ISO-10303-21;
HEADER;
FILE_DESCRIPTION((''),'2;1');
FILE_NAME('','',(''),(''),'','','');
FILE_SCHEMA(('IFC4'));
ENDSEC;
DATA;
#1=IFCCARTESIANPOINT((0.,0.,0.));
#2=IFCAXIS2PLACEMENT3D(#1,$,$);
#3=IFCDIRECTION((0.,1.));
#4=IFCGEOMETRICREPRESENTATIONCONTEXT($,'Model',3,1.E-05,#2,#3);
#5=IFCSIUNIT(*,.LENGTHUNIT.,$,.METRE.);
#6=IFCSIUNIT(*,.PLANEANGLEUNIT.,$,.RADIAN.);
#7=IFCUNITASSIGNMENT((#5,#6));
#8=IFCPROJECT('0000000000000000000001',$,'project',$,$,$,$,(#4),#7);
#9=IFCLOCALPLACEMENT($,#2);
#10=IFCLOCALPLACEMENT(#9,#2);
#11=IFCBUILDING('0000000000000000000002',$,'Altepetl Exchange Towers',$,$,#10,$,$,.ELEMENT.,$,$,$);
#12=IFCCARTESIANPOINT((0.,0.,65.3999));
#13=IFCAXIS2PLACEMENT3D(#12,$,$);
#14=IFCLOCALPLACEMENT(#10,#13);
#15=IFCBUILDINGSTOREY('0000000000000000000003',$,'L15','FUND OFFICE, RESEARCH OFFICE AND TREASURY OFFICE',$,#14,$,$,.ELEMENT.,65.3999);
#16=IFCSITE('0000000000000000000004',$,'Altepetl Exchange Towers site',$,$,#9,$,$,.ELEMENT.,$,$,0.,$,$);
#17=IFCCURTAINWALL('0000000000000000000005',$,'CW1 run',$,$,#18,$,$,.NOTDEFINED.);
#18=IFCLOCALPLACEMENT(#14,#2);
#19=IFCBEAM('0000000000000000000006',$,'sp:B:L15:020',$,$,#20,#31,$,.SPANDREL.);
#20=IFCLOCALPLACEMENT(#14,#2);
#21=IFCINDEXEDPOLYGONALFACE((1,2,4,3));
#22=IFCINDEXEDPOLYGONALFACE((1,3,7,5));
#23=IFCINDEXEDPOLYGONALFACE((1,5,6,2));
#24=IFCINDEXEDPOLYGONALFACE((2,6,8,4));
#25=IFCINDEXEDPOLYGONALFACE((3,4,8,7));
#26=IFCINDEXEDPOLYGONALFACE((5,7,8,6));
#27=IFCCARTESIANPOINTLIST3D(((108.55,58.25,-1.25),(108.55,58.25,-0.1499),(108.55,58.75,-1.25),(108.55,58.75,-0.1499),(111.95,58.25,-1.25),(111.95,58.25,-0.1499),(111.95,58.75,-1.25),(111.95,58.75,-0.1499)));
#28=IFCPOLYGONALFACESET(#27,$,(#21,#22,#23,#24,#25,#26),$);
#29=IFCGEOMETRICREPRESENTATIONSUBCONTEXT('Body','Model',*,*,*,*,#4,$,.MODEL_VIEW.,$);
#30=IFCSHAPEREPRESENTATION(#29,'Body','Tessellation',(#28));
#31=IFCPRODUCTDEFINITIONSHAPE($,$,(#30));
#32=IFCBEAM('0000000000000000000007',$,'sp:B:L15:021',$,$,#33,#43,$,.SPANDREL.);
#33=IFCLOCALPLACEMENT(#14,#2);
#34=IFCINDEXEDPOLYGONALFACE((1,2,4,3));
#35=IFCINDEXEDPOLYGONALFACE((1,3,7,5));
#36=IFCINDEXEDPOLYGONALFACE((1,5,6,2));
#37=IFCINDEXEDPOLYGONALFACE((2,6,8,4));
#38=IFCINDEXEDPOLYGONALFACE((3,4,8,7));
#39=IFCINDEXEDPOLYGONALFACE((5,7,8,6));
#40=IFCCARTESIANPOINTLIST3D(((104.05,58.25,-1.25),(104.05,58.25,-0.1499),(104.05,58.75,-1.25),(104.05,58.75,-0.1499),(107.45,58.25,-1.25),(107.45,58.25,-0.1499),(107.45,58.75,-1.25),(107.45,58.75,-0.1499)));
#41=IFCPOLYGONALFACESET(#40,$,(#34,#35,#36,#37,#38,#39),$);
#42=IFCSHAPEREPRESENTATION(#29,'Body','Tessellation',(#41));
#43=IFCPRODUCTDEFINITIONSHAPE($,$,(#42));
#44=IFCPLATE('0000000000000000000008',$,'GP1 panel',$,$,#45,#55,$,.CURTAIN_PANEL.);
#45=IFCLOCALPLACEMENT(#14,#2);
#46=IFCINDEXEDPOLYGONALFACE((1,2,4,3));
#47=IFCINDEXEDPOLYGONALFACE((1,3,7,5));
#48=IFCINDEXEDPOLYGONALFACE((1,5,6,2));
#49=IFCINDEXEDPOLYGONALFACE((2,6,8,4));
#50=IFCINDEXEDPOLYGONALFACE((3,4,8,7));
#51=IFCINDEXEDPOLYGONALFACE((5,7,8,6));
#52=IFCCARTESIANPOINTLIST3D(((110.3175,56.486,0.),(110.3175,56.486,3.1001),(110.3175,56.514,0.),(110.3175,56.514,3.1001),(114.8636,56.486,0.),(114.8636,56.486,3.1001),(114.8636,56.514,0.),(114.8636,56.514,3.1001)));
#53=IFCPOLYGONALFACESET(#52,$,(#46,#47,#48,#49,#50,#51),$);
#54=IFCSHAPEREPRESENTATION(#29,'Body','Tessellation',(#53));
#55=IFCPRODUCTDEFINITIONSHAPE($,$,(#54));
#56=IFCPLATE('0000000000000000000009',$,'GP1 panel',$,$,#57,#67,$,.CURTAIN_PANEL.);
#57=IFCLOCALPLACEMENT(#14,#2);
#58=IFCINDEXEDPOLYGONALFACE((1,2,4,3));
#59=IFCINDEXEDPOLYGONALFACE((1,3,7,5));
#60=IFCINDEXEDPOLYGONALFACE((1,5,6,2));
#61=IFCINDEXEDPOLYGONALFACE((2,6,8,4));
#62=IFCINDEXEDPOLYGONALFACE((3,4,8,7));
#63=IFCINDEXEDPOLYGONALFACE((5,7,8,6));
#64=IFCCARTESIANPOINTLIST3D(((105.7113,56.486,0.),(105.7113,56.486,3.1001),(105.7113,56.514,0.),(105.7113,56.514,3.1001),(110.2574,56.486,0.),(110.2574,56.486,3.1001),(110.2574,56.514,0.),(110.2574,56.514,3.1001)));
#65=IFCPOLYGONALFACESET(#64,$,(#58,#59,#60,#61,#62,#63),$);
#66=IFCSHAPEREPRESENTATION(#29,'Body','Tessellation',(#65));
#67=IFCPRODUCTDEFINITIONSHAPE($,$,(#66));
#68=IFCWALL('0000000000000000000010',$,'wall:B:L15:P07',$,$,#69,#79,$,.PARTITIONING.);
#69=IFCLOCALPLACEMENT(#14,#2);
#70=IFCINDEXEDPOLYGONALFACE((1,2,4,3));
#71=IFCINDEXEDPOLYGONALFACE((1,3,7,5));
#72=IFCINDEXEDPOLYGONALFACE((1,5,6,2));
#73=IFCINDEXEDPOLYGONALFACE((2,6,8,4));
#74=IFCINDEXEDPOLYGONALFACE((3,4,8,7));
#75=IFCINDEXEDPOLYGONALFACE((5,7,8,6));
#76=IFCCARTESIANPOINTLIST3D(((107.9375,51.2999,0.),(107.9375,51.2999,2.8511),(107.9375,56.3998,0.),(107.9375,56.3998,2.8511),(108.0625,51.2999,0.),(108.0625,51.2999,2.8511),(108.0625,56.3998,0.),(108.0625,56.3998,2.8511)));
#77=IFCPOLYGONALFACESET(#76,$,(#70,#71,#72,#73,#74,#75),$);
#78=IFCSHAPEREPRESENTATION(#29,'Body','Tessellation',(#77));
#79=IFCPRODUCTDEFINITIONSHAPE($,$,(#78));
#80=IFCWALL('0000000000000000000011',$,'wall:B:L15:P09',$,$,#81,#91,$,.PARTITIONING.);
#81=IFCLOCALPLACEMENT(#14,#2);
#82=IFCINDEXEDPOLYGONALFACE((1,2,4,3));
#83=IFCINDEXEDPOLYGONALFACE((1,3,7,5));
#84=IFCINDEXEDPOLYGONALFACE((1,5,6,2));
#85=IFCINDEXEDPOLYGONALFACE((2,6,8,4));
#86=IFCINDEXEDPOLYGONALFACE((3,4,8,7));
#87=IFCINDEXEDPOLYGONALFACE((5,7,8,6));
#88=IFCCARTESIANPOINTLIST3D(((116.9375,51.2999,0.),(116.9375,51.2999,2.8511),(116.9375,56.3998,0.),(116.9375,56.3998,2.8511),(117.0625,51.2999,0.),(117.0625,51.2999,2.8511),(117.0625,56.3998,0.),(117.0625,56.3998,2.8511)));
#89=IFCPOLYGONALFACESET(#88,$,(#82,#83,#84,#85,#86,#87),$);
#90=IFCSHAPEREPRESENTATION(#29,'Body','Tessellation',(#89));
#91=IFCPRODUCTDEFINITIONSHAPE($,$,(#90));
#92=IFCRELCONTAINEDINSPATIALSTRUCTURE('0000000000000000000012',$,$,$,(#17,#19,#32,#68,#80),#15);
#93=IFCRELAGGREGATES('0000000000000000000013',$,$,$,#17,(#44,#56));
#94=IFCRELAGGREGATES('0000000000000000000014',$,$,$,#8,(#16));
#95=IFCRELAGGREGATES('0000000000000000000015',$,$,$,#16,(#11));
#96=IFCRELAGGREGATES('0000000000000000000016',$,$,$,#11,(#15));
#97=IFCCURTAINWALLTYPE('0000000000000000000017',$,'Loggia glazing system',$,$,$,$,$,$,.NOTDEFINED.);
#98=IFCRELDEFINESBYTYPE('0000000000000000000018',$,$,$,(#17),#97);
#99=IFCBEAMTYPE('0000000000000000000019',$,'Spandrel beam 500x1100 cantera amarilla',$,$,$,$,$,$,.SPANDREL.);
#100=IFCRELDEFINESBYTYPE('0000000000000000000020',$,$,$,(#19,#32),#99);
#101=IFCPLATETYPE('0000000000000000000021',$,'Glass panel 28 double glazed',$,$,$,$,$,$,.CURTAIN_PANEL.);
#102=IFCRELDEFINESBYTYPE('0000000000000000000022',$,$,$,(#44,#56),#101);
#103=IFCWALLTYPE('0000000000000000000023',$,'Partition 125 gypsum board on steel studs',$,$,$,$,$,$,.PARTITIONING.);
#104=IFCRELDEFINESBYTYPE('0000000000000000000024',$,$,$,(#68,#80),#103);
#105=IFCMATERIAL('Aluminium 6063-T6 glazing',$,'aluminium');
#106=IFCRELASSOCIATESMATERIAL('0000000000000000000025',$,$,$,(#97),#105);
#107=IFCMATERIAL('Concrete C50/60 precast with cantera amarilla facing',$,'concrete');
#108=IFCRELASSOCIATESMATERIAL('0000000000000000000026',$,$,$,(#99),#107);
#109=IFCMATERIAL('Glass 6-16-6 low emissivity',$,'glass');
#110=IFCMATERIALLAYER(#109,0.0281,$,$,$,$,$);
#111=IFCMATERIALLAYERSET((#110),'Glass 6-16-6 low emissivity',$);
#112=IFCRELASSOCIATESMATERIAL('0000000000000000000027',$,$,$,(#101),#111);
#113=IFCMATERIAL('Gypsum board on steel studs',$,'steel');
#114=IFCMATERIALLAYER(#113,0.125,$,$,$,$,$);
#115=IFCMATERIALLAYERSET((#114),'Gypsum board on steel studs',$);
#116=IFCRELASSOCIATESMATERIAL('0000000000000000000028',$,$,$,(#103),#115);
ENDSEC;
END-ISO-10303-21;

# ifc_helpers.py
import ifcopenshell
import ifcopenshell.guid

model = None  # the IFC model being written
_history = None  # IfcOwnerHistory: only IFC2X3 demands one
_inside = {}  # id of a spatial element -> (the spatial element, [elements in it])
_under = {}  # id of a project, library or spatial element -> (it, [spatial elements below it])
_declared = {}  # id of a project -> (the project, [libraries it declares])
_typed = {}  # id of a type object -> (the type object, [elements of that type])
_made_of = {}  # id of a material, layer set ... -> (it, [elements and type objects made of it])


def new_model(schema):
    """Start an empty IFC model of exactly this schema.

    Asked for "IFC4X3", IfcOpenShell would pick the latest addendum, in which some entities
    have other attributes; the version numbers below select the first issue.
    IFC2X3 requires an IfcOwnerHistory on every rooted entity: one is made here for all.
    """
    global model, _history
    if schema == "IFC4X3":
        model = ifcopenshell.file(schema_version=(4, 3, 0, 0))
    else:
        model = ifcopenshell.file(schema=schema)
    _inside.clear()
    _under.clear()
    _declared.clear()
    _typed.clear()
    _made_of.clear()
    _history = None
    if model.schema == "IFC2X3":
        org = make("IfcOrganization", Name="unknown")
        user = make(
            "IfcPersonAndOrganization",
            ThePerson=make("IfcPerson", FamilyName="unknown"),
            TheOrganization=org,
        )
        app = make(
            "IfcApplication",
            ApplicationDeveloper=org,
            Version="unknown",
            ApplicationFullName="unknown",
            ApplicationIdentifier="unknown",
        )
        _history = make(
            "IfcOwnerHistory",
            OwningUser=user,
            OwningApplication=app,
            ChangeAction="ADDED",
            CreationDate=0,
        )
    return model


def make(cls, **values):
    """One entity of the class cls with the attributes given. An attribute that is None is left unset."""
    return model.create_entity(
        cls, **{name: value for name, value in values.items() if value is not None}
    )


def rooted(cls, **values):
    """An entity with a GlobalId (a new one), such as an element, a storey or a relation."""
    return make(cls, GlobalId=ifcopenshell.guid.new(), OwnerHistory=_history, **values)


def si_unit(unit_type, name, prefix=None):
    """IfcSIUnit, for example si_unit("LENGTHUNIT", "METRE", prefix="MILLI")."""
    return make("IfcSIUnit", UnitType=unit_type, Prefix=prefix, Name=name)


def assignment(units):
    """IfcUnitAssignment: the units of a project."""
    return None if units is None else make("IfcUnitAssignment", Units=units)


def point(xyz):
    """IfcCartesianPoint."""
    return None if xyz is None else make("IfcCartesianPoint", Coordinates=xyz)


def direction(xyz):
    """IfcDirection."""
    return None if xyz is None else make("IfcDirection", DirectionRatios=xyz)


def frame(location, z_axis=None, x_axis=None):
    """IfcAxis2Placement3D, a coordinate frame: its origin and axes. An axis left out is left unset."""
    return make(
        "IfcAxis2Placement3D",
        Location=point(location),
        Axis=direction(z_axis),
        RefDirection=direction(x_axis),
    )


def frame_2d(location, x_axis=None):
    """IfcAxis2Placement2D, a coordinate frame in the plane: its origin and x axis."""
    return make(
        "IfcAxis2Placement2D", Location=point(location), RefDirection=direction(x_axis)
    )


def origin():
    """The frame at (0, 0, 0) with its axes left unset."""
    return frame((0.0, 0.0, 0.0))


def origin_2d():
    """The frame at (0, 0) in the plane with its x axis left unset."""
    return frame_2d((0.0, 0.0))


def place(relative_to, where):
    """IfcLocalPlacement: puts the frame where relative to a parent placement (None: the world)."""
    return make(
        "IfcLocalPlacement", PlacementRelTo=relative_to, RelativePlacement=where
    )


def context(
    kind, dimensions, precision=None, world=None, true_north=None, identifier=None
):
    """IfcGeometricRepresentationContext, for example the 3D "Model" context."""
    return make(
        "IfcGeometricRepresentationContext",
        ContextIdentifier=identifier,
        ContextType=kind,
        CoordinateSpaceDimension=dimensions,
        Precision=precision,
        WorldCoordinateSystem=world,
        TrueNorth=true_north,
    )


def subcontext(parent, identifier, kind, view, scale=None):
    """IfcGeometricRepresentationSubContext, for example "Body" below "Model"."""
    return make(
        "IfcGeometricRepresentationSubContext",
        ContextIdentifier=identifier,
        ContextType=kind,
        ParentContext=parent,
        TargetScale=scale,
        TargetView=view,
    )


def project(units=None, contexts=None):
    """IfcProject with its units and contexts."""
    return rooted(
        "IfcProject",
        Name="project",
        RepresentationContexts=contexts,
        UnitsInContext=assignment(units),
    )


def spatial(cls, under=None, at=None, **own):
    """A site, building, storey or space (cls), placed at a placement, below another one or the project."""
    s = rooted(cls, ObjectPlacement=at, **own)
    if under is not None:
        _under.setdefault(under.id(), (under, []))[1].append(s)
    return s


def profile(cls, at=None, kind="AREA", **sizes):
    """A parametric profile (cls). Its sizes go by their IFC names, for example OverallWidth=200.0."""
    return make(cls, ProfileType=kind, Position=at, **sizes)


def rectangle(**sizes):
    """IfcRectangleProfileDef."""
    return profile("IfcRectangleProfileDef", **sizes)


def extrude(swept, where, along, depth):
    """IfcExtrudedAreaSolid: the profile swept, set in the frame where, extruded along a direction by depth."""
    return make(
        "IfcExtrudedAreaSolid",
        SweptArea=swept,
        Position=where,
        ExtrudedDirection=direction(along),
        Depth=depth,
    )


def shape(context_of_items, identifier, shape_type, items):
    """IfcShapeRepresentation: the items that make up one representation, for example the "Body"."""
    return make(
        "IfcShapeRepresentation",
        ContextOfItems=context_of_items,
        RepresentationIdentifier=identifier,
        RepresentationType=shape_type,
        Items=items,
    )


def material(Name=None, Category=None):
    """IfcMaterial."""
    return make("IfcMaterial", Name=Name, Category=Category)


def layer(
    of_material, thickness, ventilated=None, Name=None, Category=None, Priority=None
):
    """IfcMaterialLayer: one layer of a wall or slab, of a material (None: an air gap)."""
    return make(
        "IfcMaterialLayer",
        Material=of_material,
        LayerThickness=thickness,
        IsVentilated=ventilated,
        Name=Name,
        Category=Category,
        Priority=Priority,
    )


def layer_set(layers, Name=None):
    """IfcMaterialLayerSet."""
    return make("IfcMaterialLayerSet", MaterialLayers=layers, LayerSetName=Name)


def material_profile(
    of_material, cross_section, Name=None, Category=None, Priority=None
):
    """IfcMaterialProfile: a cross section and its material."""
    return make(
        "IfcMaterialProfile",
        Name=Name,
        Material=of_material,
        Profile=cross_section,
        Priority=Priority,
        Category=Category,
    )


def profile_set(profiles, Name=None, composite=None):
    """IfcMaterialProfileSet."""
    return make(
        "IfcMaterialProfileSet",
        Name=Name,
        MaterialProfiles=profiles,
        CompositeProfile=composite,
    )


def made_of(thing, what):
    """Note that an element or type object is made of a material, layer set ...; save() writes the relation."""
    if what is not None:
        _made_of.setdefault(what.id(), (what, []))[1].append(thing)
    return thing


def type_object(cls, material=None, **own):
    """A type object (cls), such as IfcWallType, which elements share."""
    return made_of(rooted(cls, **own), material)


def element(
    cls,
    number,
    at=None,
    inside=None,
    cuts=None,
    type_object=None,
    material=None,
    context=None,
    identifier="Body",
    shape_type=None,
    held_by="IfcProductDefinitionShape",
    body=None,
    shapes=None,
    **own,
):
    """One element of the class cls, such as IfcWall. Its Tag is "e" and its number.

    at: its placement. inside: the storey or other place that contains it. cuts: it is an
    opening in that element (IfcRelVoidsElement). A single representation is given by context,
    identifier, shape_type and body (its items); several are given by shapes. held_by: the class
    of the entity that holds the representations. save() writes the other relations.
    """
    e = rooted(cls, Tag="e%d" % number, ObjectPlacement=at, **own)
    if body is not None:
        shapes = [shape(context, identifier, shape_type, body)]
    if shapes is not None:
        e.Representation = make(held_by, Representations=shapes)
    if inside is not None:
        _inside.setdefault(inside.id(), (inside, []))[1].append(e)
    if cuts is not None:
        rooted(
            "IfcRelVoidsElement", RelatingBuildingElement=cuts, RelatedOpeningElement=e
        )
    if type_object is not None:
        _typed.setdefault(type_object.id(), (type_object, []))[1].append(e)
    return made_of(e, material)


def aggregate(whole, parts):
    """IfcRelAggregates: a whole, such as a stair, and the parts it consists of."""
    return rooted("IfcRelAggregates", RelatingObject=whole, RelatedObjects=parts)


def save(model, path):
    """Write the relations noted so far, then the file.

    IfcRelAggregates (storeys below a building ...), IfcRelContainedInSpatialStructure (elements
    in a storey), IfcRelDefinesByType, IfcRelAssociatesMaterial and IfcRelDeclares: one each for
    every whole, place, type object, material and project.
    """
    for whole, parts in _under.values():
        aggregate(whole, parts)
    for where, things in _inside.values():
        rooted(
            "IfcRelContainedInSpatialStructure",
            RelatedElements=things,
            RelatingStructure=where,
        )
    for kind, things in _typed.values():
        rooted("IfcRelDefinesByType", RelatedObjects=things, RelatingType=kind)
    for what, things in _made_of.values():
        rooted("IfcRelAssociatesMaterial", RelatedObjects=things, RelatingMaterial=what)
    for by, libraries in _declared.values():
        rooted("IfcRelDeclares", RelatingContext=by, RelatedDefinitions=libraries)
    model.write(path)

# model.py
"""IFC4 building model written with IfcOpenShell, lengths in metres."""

from ifc_helpers import new_model, si_unit, direction, frame, frame_2d, origin, origin_2d, place, context, subcontext, project, spatial, rectangle, extrude, material, layer, layer_set, material_profile, profile_set, type_object, element, aggregate, save


model = new_model("IFC4")

# Units and contexts
model_context = context("Model", 3, precision=1e-05, world=origin(), true_north=direction((0.0, 1.0)))
body_context = subcontext(model_context, "Body", "Model", "MODEL_VIEW")
ifc_project = project(units=[si_unit("LENGTHUNIT", "METRE"), si_unit("PLANEANGLEUNIT", "RADIAN")], contexts=[model_context])

# Site, building, storey
site_placement = place(None, origin())
site = spatial("IfcSite", under=ifc_project, at=site_placement, Name="Altepetl Exchange Towers site", CompositionType="ELEMENT", RefElevation=0.0)
building_placement = place(site_placement, origin())
building = spatial("IfcBuilding", under=site, at=building_placement, Name="Altepetl Exchange Towers", CompositionType="ELEMENT")
storey_placement = place(building_placement, frame((0.0, 0.0, 65.3999)))
storey = spatial("IfcBuildingStorey", under=building, at=storey_placement, Name="L15", Description="FUND OFFICE, RESEARCH OFFICE AND TREASURY OFFICE", CompositionType="ELEMENT", Elevation=65.3999)

# Curtain wall
ifc_material_1 = material(Name="Aluminium 6063-T6 glazing", Category="aluminium")
curtain_wall_type = type_object("IfcCurtainWallType", Name="Loggia glazing system", PredefinedType="NOTDEFINED", material=ifc_material_1)
curtain_wall_placement = place(storey_placement, origin())
curtain_wall = element("IfcCurtainWall", 1, at=curtain_wall_placement, inside=storey, type_object=curtain_wall_type, Name="CW1 run", PredefinedType="NOTDEFINED")

# Beams
ifc_material_2 = material(Name="Concrete C50/60 precast with cantera amarilla facing", Category="concrete")
ifc_material_profile_1 = material_profile(ifc_material_2, rectangle(XDim=0.5, YDim=1.1001, at=origin_2d()), Name="500 x 1100")
ifc_profile_set_1 = profile_set([ifc_material_profile_1], Name="Concrete C50/60 precast with cantera amarilla facing")
beam_type_1 = type_object("IfcBeamType", Name="Spandrel beam 500x1100 cantera amarilla", PredefinedType="SPANDREL", material=ifc_profile_set_1)
for number, where, z_axis, x_axis, name in (
    (2, (111.95, 58.5, -0.7), (-1.0, 0.0, 0.0), (0.0, -1.0, 0.0), "sp:B:L15:020"),
    (3, (107.45, 58.5, -0.7), (-1.0, 0.0, 0.0), (0.0, -1.0, 0.0), "sp:B:L15:021"),
):
    element("IfcBeam", number, at=place(storey_placement, frame(where, z_axis=z_axis, x_axis=x_axis)), inside=storey, type_object=beam_type_1, Name=name, PredefinedType="SPANDREL", context=body_context, shape_type="SweptSolid", body=[
        extrude(rectangle(XDim=0.5, YDim=1.1001, at=origin_2d()), origin(), (0.0, 0.0, 1.0), 3.3999),
    ])

# Plates
ifc_material_3 = material(Name="Glass 6-16-6 low emissivity", Category="glass")
ifc_layer_1 = layer(ifc_material_3, 0.0281)
ifc_layer_set_1 = layer_set([ifc_layer_1], Name="Glass 6-16-6 low emissivity")
plate_type = type_object("IfcPlateType", Name="Glass panel 28 double glazed", PredefinedType="CURTAIN_PANEL", material=ifc_layer_set_1)
plate_1_placement = place(storey_placement, frame((112.5906, 56.5, 0.0), z_axis=(0.0, 0.0, 1.0), x_axis=(-1.0, 0.0, 0.0)))
plate_1 = element("IfcPlate", 4, at=plate_1_placement, type_object=plate_type, Name="GP1 panel", PredefinedType="CURTAIN_PANEL", context=body_context, shape_type="SweptSolid", body=[
    extrude(rectangle(XDim=4.5461, YDim=0.0281, at=origin_2d()), origin(), (0.0, 0.0, 1.0), 3.1001),
])
plate_2_placement = place(storey_placement, frame((107.9844, 56.5, 0.0), z_axis=(0.0, 0.0, 1.0), x_axis=(-1.0, 0.0, 0.0)))
plate_2 = element("IfcPlate", 5, at=plate_2_placement, type_object=plate_type, Name="GP1 panel", PredefinedType="CURTAIN_PANEL", context=body_context, shape_type="SweptSolid", body=[
    extrude(rectangle(XDim=4.5461, YDim=0.0281, at=origin_2d()), origin(), (0.0, 0.0, 1.0), 3.1001),
])
aggregate(curtain_wall, [plate_1, plate_2])

# Walls
ifc_material_4 = material(Name="Gypsum board on steel studs", Category="steel")
ifc_layer_2 = layer(ifc_material_4, 0.125)
ifc_layer_set_2 = layer_set([ifc_layer_2], Name="Gypsum board on steel studs")
wall_type = type_object("IfcWallType", Name="Partition 125 gypsum board on steel studs", PredefinedType="PARTITIONING", material=ifc_layer_set_2)
for number, where, z_axis, x_axis, name in (
    (6, (108.0, 51.3, 0.0), (0.0, 0.0, 1.0), (0.0, 1.0, 0.0), "wall:B:L15:P07"),
    (7, (117.0, 51.3, 0.0), (0.0, 0.0, 1.0), (0.0, 1.0, 0.0), "wall:B:L15:P09"),
):
    element("IfcWall", number, at=place(storey_placement, frame(where, z_axis=z_axis, x_axis=x_axis)), inside=storey, type_object=wall_type, Name=name, PredefinedType="PARTITIONING", context=body_context, shape_type="SweptSolid", body=[
        extrude(rectangle(XDim=5.0999, YDim=0.125, at=frame_2d((2.5498, 0.0))), origin(), (0.0, 0.0, 1.0), 2.8511),
    ])

save(model, "model.ifc")
